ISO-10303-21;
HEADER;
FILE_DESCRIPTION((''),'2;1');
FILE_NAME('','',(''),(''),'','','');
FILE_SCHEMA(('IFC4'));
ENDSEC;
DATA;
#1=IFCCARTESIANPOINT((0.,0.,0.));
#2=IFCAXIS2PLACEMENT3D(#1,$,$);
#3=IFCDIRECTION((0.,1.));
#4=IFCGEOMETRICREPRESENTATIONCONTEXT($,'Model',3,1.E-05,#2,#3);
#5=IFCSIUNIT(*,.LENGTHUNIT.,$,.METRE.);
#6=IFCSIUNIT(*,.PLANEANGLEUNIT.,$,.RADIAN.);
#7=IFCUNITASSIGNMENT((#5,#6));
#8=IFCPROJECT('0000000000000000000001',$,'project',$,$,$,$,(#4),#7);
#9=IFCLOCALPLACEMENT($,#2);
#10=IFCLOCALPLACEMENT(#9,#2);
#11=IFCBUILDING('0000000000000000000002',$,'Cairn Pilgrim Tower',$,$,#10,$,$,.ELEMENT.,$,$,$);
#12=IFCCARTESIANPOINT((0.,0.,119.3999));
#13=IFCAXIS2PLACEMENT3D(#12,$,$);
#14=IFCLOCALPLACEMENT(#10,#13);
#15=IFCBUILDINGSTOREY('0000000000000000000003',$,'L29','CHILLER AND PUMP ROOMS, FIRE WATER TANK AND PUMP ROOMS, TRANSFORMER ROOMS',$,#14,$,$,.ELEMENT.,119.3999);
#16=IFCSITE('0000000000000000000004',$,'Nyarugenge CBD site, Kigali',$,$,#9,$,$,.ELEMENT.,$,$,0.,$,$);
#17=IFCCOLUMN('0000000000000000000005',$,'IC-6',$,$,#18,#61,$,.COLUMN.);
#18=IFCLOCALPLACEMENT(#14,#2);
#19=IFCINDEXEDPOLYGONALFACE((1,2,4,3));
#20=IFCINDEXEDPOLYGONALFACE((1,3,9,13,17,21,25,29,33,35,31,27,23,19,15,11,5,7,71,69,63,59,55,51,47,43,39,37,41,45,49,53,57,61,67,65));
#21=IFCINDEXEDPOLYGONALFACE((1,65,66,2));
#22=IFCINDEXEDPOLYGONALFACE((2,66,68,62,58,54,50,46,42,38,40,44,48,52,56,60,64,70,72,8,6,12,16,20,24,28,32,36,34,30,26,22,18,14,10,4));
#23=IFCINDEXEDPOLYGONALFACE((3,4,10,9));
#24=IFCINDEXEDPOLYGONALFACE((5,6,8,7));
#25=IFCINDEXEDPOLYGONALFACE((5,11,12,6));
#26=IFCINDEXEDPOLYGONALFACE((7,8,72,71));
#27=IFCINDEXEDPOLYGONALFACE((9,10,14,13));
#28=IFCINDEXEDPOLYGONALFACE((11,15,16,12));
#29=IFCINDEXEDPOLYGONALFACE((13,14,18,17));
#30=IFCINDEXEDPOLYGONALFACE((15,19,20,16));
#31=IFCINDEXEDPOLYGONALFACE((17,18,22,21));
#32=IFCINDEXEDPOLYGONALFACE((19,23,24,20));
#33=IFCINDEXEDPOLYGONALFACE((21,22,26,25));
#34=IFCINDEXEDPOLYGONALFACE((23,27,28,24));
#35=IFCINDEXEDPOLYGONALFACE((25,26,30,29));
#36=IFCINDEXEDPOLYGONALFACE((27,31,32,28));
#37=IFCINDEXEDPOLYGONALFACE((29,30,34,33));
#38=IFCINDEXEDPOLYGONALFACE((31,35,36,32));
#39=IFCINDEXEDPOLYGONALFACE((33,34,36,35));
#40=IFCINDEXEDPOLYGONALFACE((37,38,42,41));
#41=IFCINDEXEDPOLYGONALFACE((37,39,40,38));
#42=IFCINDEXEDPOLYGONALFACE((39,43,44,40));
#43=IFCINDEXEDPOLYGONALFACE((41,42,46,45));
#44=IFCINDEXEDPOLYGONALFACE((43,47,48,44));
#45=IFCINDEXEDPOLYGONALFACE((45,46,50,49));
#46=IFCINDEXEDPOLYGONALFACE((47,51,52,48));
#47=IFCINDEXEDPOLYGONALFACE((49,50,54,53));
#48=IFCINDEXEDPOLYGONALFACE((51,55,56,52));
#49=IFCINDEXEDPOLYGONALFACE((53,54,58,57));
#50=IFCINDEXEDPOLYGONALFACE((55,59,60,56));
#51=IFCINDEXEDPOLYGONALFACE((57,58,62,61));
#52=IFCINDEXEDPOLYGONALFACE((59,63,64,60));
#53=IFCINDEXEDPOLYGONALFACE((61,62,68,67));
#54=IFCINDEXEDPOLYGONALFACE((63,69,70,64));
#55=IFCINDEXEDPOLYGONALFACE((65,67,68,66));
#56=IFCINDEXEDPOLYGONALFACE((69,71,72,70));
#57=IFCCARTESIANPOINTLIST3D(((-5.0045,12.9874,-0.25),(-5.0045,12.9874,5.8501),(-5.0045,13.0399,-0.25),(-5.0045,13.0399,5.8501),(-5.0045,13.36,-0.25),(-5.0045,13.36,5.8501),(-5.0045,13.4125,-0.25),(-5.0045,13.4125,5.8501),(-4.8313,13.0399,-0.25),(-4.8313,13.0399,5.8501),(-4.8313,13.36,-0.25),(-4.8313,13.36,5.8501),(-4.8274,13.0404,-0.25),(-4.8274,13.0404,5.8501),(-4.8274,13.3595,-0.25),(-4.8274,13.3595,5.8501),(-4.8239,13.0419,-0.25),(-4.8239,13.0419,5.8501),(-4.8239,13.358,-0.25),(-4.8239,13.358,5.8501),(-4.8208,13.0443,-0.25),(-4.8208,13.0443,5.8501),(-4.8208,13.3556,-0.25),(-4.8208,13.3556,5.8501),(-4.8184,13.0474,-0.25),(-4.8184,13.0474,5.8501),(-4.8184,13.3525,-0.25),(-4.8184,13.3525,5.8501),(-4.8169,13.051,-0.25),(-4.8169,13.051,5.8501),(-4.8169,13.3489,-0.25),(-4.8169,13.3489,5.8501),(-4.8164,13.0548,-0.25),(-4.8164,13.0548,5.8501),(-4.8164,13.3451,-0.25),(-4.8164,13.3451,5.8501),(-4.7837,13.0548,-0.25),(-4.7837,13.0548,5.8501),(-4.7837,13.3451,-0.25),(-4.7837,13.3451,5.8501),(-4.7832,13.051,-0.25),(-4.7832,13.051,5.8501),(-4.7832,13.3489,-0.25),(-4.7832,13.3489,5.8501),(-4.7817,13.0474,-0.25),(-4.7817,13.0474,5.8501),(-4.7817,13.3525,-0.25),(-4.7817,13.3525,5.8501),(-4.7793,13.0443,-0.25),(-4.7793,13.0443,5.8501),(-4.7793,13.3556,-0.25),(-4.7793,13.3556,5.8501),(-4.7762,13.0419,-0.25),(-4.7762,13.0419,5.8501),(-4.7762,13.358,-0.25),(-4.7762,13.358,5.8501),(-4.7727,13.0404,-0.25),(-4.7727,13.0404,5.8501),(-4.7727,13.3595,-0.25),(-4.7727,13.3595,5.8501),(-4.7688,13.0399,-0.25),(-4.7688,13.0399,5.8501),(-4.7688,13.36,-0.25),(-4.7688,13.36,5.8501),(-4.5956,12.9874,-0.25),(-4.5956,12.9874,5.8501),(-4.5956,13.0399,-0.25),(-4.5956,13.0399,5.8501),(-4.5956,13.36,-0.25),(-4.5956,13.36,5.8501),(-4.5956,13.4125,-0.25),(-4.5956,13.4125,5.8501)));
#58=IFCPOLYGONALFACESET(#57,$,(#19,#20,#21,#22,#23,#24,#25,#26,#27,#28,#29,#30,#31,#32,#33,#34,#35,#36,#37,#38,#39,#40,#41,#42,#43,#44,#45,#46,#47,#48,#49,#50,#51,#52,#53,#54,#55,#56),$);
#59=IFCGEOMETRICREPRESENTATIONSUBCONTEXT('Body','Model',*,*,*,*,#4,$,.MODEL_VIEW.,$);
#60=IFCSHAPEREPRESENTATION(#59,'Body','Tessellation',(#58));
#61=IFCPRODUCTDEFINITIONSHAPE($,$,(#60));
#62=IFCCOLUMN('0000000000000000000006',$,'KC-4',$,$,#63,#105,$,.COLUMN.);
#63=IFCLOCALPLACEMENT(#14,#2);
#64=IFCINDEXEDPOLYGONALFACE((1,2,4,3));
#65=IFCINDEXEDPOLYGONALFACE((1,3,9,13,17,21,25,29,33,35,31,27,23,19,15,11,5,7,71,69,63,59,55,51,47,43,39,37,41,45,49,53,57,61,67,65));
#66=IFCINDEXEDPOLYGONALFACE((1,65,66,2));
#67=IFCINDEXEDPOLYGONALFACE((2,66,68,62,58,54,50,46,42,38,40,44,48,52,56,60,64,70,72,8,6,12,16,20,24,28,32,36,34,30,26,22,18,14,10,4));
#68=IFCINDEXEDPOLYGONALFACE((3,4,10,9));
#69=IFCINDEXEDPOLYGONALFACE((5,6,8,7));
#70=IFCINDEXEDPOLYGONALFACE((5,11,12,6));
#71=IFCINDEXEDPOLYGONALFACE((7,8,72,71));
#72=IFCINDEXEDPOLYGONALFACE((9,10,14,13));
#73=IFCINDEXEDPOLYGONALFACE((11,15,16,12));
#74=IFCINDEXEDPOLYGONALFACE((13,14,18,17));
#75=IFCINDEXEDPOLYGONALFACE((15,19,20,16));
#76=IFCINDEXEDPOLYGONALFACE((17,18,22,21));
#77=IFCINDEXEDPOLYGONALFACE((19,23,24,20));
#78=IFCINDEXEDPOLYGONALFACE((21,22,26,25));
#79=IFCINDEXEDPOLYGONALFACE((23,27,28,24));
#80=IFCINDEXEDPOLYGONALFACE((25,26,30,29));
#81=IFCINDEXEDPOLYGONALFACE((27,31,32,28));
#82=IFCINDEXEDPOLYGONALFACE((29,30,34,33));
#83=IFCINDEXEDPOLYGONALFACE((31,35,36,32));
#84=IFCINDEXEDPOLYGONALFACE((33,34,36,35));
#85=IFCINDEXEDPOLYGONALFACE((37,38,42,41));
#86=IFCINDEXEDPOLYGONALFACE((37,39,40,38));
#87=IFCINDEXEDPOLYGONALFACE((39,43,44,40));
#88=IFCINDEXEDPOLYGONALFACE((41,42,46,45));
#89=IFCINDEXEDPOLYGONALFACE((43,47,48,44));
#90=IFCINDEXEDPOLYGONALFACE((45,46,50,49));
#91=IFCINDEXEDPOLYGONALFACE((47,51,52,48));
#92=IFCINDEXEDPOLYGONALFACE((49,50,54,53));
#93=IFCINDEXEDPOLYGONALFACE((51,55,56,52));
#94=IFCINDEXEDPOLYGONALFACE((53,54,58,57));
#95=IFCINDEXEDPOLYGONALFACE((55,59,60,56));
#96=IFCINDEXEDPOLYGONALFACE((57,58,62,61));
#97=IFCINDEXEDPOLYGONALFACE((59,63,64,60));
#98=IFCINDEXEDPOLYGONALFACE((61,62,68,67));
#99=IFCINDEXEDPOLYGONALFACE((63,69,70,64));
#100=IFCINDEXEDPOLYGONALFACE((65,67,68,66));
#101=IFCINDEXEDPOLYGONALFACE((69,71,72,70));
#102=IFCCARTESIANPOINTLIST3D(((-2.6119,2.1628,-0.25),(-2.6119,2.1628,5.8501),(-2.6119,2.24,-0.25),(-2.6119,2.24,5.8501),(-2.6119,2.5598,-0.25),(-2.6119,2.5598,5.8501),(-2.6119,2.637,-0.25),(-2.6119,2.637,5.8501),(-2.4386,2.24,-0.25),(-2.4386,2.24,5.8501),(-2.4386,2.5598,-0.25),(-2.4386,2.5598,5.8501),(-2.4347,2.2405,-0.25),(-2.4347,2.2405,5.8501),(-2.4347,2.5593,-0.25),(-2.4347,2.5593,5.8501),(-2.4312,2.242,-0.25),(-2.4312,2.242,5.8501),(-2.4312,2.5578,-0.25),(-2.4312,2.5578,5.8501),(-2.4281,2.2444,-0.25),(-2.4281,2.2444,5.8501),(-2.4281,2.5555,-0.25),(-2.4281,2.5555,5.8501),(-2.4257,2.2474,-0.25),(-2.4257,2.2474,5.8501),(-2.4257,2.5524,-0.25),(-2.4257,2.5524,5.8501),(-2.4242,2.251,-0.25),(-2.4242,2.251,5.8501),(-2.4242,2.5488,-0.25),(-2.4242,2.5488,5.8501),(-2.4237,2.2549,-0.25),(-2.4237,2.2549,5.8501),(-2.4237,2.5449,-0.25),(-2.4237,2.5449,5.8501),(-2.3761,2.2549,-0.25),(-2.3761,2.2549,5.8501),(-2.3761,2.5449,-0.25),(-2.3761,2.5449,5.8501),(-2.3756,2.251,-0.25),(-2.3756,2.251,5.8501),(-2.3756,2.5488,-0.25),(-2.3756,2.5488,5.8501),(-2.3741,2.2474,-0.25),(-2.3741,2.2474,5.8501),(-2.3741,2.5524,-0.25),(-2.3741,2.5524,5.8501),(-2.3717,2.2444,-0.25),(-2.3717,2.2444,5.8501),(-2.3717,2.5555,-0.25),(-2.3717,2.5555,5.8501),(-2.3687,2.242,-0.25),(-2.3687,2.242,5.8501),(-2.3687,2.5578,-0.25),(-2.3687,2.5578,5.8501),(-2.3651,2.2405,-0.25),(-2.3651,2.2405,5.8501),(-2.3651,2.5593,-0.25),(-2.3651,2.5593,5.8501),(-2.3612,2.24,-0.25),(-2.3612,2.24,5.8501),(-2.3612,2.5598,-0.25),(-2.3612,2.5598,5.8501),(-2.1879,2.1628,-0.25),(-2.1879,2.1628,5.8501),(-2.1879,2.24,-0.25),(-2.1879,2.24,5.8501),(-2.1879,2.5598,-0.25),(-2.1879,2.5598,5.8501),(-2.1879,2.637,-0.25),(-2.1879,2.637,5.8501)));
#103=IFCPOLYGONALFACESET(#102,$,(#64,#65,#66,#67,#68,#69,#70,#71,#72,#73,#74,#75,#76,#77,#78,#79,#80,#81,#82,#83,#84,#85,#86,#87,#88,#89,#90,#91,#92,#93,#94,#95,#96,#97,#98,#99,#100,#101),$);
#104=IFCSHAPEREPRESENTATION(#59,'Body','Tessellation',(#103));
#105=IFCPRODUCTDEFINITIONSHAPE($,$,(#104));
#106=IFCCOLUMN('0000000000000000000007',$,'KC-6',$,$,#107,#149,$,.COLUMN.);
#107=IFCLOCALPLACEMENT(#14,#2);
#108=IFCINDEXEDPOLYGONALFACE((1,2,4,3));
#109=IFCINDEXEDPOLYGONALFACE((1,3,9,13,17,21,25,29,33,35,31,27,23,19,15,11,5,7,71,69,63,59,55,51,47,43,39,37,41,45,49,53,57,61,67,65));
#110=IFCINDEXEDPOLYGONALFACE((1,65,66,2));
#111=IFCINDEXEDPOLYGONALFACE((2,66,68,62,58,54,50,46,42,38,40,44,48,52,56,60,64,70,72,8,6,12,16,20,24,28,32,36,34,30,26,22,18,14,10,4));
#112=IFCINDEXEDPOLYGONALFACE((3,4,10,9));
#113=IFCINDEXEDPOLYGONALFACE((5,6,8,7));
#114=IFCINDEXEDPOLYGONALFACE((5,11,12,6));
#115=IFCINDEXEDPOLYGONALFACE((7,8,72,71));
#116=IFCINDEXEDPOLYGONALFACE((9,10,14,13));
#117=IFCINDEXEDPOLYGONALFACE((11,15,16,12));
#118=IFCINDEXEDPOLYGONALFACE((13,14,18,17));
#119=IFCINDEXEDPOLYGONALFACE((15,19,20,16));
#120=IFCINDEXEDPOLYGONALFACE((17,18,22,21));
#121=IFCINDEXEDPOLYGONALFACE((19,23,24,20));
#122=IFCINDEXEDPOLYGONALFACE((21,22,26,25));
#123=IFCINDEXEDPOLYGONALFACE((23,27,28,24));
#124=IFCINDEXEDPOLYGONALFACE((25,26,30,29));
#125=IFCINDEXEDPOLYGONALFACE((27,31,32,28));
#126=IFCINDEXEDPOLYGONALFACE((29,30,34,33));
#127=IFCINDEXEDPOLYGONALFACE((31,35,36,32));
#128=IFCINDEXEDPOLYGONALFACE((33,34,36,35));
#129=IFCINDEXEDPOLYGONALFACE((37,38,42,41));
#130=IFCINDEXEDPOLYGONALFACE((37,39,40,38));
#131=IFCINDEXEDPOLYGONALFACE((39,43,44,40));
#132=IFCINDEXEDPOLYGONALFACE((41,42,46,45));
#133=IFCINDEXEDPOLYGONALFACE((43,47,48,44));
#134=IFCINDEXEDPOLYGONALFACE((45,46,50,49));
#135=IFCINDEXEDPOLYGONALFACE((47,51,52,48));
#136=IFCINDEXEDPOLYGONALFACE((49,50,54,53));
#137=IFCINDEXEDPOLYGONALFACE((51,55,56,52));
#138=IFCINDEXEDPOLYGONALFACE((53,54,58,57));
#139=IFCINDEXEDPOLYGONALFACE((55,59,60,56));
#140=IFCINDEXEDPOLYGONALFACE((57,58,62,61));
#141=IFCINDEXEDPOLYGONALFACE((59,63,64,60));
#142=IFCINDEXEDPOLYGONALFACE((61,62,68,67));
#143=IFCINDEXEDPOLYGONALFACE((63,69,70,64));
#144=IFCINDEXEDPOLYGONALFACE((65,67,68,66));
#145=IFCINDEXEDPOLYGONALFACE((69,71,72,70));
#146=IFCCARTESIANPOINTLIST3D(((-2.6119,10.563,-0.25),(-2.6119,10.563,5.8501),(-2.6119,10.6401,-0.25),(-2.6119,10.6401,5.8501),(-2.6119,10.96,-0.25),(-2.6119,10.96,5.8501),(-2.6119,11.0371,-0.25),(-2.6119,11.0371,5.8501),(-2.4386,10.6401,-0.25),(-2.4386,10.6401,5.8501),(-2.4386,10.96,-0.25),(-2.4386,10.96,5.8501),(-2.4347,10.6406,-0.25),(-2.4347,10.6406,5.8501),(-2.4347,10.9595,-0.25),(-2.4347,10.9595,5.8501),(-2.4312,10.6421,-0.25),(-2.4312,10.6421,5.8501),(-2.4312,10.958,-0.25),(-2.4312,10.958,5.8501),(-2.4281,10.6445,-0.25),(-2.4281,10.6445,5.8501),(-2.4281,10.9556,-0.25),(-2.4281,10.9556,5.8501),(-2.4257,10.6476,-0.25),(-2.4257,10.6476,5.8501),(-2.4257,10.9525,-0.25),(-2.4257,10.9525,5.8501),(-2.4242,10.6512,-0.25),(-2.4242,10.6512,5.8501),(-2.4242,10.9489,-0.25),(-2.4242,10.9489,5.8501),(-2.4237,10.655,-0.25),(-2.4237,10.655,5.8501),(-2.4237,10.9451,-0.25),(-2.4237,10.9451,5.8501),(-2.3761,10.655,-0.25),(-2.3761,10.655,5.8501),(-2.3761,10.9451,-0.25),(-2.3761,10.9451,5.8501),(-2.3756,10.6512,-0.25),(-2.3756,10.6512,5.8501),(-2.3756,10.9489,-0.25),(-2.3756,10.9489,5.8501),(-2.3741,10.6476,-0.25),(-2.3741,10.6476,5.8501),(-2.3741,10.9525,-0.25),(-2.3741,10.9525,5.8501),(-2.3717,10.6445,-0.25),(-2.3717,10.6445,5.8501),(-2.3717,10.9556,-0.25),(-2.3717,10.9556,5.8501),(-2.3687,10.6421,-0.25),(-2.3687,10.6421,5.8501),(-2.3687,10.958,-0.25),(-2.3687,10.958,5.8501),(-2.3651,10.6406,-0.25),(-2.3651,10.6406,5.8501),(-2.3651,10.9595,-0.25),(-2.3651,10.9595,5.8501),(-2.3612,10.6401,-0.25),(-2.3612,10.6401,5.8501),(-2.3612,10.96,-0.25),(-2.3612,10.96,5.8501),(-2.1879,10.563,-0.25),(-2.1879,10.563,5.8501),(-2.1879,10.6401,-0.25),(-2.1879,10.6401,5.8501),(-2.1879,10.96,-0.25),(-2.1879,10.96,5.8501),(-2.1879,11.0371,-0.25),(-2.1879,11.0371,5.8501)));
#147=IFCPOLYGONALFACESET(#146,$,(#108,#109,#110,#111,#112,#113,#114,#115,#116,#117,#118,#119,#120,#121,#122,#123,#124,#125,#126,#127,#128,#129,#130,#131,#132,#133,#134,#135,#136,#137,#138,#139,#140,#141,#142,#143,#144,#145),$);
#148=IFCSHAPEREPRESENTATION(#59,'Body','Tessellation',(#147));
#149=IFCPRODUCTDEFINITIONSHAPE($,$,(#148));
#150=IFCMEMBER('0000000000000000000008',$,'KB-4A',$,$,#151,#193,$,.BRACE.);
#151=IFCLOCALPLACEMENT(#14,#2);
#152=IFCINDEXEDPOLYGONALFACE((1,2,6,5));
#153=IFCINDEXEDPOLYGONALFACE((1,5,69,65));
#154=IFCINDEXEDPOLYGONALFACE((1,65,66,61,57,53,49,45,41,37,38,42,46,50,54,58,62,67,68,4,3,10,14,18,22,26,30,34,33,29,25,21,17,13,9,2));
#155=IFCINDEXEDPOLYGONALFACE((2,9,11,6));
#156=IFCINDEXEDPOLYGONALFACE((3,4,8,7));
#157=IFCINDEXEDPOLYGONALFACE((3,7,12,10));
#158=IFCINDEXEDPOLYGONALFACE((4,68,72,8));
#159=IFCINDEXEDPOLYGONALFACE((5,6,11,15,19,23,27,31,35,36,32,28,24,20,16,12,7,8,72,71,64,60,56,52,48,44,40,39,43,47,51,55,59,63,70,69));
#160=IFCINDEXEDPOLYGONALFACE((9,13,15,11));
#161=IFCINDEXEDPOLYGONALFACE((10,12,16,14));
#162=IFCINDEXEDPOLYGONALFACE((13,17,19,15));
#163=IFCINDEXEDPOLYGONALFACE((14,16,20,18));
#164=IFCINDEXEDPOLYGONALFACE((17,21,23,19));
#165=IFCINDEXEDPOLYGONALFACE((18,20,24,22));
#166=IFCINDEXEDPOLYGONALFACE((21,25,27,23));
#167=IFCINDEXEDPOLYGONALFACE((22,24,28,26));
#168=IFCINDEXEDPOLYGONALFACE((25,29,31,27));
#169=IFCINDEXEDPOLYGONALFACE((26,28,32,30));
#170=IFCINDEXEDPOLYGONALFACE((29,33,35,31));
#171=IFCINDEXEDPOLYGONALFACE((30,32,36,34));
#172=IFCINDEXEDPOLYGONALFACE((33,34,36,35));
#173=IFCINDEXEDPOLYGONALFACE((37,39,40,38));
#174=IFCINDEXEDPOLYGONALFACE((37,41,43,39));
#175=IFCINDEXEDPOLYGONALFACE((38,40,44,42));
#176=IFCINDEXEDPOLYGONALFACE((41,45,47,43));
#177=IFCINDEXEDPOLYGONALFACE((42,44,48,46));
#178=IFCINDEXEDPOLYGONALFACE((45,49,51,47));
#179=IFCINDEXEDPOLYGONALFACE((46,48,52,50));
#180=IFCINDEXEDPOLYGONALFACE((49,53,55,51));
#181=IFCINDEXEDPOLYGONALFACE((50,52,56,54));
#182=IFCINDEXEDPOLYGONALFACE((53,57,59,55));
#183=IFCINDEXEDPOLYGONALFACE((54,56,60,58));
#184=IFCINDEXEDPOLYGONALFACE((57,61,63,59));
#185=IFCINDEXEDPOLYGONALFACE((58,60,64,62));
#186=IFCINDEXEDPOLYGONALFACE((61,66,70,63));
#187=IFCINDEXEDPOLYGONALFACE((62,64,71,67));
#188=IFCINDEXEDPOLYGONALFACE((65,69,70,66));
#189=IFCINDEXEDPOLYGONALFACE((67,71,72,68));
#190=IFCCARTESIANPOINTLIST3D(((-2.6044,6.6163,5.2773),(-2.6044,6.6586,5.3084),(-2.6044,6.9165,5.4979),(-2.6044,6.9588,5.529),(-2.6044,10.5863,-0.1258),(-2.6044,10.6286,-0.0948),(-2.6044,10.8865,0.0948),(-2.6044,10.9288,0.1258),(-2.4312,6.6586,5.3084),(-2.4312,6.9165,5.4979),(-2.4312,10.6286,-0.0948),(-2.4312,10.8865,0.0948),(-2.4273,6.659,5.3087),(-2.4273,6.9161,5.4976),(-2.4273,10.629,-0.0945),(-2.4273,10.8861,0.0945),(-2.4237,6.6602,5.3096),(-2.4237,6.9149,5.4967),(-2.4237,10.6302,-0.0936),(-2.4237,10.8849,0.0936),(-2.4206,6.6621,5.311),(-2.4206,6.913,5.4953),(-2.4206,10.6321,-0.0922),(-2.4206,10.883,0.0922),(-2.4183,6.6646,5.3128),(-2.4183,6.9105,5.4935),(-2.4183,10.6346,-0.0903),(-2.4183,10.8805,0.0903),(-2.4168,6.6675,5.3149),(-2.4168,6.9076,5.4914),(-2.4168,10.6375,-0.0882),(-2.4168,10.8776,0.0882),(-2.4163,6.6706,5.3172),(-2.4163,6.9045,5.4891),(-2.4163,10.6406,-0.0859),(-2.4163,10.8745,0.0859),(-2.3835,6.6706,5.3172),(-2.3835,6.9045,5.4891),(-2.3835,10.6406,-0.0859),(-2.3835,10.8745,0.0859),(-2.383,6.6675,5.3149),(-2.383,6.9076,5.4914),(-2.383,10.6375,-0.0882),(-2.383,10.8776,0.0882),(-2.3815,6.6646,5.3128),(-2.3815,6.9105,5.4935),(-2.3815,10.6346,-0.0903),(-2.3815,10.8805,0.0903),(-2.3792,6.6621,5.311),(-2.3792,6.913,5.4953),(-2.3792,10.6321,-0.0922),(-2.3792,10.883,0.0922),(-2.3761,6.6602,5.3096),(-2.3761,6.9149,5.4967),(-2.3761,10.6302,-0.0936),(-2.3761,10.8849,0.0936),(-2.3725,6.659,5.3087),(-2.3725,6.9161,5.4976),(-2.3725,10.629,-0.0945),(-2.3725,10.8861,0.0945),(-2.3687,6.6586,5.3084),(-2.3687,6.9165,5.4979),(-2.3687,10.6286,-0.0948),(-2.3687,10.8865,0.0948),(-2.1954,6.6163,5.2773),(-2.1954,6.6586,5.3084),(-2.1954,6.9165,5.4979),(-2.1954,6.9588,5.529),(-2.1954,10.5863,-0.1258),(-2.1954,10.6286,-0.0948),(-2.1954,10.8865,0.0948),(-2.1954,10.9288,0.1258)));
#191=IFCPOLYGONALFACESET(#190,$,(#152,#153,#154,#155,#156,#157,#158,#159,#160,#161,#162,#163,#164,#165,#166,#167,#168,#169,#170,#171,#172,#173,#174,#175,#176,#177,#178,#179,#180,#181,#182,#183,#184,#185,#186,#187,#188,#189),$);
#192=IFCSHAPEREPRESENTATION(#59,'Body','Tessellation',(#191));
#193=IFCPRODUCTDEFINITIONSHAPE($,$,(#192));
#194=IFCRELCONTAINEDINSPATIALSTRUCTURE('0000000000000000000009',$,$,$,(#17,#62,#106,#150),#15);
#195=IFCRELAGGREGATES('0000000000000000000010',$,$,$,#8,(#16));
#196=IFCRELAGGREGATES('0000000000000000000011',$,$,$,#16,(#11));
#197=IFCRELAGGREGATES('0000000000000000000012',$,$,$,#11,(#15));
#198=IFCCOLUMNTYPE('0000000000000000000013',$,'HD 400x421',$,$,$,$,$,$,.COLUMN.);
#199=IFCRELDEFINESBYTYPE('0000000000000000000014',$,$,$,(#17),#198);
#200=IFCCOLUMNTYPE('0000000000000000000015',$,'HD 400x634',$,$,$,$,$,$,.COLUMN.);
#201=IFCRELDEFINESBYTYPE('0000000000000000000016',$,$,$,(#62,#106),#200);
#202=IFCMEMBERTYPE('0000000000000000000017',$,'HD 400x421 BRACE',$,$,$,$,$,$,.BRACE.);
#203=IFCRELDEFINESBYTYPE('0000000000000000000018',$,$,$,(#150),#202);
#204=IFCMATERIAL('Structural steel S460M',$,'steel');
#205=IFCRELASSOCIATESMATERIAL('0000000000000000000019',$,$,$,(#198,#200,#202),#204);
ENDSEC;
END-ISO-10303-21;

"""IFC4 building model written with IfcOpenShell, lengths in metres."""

from ifc_helpers import new_model, si_unit, direction, frame, origin, origin_2d, place, context, subcontext, project, spatial, i_section, extrude, material, material_profile, profile_set, type_object, element, save


model = new_model("IFC4")

# Units and contexts
model_context = context("Model", 3, precision=1e-05, world=origin(), true_north=direction((0.0, 1.0)))
body_context = subcontext(model_context, "Body", "Model", "MODEL_VIEW")
ifc_project = project(units=[si_unit("LENGTHUNIT", "METRE"), si_unit("PLANEANGLEUNIT", "RADIAN")], contexts=[model_context])

# Site, building, storey
site_placement = place(None, origin())
site = spatial("IfcSite", under=ifc_project, at=site_placement, Name="Nyarugenge CBD site, Kigali", CompositionType="ELEMENT", RefElevation=0.0)
building_placement = place(site_placement, origin())
building = spatial("IfcBuilding", under=site, at=building_placement, Name="Cairn Pilgrim Tower", CompositionType="ELEMENT")
storey_placement = place(building_placement, frame((0.0, 0.0, 119.3999)))
storey = spatial("IfcBuildingStorey", under=building, at=storey_placement, Name="L29", Description="CHILLER AND PUMP ROOMS, FIRE WATER TANK AND PUMP ROOMS, TRANSFORMER ROOMS", CompositionType="ELEMENT", Elevation=119.3999)

# Columns
ifc_material_1 = material(Name="Structural steel S460M", Category="steel")
ifc_material_profile_1 = material_profile(ifc_material_1, i_section(OverallWidth=0.4089, OverallDepth=0.425, WebThickness=0.0327, FlangeThickness=0.0525, FilletRadius=0.0149, at=origin_2d()), Name="HD 400x421")
ifc_profile_set_1 = profile_set([ifc_material_profile_1], Name="Structural steel S460M")
column_type_1 = type_object("IfcColumnType", Name="HD 400x421", PredefinedType="COLUMN", material=ifc_profile_set_1)
column_placement = place(storey_placement, frame((-4.8, 13.2, -0.25), z_axis=(0.0, 0.0, 1.0), x_axis=(1.0, 0.0, 0.0)))
element("IfcColumn", 1, at=column_placement, inside=storey, type_object=column_type_1, Name="IC-6", PredefinedType="COLUMN", context=body_context, shape_type="SweptSolid", body=[
    extrude(i_section(OverallWidth=0.4089, OverallDepth=0.425, WebThickness=0.0327, FlangeThickness=0.0525, FilletRadius=0.0149, at=origin_2d()), origin(), (0.0, 0.0, 1.0), 6.1001),
])
ifc_material_profile_2 = material_profile(ifc_material_1, i_section(OverallWidth=0.4241, OverallDepth=0.4741, WebThickness=0.0476, FlangeThickness=0.0771, FilletRadius=0.0149, at=origin_2d()), Name="HD 400x634")
ifc_profile_set_2 = profile_set([ifc_material_profile_2], Name="Structural steel S460M")
column_type_2 = type_object("IfcColumnType", Name="HD 400x634", PredefinedType="COLUMN", material=ifc_profile_set_2)
for number, where, z_axis, x_axis, name in (
    (2, (-2.3999, 2.3999, -0.25), (0.0, 0.0, 1.0), (1.0, 0.0, 0.0), "KC-4"),
    (3, (-2.3999, 10.8, -0.25), (0.0, 0.0, 1.0), (1.0, 0.0, 0.0), "KC-6"),
):
    element("IfcColumn", number, at=place(storey_placement, frame(where, z_axis=z_axis, x_axis=x_axis)), inside=storey, type_object=column_type_2, Name=name, PredefinedType="COLUMN", context=body_context, shape_type="SweptSolid", body=[
        extrude(i_section(OverallWidth=0.4241, OverallDepth=0.4741, WebThickness=0.0476, FlangeThickness=0.0771, FilletRadius=0.0149, at=origin_2d()), origin(), (0.0, 0.0, 1.0), 6.1001),
    ])

# Member
ifc_material_profile_3 = material_profile(ifc_material_1, i_section(OverallWidth=0.4089, OverallDepth=0.425, WebThickness=0.0327, FlangeThickness=0.0525, FilletRadius=0.0149, at=origin_2d()), Name="HD 400x421")
ifc_profile_set_3 = profile_set([ifc_material_profile_3], Name="Structural steel S460M")
member_type = type_object("IfcMemberType", Name="HD 400x421 BRACE", PredefinedType="BRACE", material=ifc_profile_set_3)
for number, where, z_axis, x_axis, name in (
    (4, (-2.3999, 10.7576, 0.0), (0.0, -0.592112, 0.805856), (1.0, 0.0, 0.0), "KB-4A"),
):
    element("IfcMember", number, at=place(storey_placement, frame(where, z_axis=z_axis, x_axis=x_axis)), inside=storey, type_object=member_type, Name=name, PredefinedType="BRACE", context=body_context, shape_type="SweptSolid", body=[
        extrude(i_section(OverallWidth=0.4089, OverallDepth=0.425, WebThickness=0.0327, FlangeThickness=0.0525, FilletRadius=0.0149, at=origin_2d()), origin(), (0.0, 0.0, 1.0), 6.7048),
    ])

save(model, "model.ifc")
